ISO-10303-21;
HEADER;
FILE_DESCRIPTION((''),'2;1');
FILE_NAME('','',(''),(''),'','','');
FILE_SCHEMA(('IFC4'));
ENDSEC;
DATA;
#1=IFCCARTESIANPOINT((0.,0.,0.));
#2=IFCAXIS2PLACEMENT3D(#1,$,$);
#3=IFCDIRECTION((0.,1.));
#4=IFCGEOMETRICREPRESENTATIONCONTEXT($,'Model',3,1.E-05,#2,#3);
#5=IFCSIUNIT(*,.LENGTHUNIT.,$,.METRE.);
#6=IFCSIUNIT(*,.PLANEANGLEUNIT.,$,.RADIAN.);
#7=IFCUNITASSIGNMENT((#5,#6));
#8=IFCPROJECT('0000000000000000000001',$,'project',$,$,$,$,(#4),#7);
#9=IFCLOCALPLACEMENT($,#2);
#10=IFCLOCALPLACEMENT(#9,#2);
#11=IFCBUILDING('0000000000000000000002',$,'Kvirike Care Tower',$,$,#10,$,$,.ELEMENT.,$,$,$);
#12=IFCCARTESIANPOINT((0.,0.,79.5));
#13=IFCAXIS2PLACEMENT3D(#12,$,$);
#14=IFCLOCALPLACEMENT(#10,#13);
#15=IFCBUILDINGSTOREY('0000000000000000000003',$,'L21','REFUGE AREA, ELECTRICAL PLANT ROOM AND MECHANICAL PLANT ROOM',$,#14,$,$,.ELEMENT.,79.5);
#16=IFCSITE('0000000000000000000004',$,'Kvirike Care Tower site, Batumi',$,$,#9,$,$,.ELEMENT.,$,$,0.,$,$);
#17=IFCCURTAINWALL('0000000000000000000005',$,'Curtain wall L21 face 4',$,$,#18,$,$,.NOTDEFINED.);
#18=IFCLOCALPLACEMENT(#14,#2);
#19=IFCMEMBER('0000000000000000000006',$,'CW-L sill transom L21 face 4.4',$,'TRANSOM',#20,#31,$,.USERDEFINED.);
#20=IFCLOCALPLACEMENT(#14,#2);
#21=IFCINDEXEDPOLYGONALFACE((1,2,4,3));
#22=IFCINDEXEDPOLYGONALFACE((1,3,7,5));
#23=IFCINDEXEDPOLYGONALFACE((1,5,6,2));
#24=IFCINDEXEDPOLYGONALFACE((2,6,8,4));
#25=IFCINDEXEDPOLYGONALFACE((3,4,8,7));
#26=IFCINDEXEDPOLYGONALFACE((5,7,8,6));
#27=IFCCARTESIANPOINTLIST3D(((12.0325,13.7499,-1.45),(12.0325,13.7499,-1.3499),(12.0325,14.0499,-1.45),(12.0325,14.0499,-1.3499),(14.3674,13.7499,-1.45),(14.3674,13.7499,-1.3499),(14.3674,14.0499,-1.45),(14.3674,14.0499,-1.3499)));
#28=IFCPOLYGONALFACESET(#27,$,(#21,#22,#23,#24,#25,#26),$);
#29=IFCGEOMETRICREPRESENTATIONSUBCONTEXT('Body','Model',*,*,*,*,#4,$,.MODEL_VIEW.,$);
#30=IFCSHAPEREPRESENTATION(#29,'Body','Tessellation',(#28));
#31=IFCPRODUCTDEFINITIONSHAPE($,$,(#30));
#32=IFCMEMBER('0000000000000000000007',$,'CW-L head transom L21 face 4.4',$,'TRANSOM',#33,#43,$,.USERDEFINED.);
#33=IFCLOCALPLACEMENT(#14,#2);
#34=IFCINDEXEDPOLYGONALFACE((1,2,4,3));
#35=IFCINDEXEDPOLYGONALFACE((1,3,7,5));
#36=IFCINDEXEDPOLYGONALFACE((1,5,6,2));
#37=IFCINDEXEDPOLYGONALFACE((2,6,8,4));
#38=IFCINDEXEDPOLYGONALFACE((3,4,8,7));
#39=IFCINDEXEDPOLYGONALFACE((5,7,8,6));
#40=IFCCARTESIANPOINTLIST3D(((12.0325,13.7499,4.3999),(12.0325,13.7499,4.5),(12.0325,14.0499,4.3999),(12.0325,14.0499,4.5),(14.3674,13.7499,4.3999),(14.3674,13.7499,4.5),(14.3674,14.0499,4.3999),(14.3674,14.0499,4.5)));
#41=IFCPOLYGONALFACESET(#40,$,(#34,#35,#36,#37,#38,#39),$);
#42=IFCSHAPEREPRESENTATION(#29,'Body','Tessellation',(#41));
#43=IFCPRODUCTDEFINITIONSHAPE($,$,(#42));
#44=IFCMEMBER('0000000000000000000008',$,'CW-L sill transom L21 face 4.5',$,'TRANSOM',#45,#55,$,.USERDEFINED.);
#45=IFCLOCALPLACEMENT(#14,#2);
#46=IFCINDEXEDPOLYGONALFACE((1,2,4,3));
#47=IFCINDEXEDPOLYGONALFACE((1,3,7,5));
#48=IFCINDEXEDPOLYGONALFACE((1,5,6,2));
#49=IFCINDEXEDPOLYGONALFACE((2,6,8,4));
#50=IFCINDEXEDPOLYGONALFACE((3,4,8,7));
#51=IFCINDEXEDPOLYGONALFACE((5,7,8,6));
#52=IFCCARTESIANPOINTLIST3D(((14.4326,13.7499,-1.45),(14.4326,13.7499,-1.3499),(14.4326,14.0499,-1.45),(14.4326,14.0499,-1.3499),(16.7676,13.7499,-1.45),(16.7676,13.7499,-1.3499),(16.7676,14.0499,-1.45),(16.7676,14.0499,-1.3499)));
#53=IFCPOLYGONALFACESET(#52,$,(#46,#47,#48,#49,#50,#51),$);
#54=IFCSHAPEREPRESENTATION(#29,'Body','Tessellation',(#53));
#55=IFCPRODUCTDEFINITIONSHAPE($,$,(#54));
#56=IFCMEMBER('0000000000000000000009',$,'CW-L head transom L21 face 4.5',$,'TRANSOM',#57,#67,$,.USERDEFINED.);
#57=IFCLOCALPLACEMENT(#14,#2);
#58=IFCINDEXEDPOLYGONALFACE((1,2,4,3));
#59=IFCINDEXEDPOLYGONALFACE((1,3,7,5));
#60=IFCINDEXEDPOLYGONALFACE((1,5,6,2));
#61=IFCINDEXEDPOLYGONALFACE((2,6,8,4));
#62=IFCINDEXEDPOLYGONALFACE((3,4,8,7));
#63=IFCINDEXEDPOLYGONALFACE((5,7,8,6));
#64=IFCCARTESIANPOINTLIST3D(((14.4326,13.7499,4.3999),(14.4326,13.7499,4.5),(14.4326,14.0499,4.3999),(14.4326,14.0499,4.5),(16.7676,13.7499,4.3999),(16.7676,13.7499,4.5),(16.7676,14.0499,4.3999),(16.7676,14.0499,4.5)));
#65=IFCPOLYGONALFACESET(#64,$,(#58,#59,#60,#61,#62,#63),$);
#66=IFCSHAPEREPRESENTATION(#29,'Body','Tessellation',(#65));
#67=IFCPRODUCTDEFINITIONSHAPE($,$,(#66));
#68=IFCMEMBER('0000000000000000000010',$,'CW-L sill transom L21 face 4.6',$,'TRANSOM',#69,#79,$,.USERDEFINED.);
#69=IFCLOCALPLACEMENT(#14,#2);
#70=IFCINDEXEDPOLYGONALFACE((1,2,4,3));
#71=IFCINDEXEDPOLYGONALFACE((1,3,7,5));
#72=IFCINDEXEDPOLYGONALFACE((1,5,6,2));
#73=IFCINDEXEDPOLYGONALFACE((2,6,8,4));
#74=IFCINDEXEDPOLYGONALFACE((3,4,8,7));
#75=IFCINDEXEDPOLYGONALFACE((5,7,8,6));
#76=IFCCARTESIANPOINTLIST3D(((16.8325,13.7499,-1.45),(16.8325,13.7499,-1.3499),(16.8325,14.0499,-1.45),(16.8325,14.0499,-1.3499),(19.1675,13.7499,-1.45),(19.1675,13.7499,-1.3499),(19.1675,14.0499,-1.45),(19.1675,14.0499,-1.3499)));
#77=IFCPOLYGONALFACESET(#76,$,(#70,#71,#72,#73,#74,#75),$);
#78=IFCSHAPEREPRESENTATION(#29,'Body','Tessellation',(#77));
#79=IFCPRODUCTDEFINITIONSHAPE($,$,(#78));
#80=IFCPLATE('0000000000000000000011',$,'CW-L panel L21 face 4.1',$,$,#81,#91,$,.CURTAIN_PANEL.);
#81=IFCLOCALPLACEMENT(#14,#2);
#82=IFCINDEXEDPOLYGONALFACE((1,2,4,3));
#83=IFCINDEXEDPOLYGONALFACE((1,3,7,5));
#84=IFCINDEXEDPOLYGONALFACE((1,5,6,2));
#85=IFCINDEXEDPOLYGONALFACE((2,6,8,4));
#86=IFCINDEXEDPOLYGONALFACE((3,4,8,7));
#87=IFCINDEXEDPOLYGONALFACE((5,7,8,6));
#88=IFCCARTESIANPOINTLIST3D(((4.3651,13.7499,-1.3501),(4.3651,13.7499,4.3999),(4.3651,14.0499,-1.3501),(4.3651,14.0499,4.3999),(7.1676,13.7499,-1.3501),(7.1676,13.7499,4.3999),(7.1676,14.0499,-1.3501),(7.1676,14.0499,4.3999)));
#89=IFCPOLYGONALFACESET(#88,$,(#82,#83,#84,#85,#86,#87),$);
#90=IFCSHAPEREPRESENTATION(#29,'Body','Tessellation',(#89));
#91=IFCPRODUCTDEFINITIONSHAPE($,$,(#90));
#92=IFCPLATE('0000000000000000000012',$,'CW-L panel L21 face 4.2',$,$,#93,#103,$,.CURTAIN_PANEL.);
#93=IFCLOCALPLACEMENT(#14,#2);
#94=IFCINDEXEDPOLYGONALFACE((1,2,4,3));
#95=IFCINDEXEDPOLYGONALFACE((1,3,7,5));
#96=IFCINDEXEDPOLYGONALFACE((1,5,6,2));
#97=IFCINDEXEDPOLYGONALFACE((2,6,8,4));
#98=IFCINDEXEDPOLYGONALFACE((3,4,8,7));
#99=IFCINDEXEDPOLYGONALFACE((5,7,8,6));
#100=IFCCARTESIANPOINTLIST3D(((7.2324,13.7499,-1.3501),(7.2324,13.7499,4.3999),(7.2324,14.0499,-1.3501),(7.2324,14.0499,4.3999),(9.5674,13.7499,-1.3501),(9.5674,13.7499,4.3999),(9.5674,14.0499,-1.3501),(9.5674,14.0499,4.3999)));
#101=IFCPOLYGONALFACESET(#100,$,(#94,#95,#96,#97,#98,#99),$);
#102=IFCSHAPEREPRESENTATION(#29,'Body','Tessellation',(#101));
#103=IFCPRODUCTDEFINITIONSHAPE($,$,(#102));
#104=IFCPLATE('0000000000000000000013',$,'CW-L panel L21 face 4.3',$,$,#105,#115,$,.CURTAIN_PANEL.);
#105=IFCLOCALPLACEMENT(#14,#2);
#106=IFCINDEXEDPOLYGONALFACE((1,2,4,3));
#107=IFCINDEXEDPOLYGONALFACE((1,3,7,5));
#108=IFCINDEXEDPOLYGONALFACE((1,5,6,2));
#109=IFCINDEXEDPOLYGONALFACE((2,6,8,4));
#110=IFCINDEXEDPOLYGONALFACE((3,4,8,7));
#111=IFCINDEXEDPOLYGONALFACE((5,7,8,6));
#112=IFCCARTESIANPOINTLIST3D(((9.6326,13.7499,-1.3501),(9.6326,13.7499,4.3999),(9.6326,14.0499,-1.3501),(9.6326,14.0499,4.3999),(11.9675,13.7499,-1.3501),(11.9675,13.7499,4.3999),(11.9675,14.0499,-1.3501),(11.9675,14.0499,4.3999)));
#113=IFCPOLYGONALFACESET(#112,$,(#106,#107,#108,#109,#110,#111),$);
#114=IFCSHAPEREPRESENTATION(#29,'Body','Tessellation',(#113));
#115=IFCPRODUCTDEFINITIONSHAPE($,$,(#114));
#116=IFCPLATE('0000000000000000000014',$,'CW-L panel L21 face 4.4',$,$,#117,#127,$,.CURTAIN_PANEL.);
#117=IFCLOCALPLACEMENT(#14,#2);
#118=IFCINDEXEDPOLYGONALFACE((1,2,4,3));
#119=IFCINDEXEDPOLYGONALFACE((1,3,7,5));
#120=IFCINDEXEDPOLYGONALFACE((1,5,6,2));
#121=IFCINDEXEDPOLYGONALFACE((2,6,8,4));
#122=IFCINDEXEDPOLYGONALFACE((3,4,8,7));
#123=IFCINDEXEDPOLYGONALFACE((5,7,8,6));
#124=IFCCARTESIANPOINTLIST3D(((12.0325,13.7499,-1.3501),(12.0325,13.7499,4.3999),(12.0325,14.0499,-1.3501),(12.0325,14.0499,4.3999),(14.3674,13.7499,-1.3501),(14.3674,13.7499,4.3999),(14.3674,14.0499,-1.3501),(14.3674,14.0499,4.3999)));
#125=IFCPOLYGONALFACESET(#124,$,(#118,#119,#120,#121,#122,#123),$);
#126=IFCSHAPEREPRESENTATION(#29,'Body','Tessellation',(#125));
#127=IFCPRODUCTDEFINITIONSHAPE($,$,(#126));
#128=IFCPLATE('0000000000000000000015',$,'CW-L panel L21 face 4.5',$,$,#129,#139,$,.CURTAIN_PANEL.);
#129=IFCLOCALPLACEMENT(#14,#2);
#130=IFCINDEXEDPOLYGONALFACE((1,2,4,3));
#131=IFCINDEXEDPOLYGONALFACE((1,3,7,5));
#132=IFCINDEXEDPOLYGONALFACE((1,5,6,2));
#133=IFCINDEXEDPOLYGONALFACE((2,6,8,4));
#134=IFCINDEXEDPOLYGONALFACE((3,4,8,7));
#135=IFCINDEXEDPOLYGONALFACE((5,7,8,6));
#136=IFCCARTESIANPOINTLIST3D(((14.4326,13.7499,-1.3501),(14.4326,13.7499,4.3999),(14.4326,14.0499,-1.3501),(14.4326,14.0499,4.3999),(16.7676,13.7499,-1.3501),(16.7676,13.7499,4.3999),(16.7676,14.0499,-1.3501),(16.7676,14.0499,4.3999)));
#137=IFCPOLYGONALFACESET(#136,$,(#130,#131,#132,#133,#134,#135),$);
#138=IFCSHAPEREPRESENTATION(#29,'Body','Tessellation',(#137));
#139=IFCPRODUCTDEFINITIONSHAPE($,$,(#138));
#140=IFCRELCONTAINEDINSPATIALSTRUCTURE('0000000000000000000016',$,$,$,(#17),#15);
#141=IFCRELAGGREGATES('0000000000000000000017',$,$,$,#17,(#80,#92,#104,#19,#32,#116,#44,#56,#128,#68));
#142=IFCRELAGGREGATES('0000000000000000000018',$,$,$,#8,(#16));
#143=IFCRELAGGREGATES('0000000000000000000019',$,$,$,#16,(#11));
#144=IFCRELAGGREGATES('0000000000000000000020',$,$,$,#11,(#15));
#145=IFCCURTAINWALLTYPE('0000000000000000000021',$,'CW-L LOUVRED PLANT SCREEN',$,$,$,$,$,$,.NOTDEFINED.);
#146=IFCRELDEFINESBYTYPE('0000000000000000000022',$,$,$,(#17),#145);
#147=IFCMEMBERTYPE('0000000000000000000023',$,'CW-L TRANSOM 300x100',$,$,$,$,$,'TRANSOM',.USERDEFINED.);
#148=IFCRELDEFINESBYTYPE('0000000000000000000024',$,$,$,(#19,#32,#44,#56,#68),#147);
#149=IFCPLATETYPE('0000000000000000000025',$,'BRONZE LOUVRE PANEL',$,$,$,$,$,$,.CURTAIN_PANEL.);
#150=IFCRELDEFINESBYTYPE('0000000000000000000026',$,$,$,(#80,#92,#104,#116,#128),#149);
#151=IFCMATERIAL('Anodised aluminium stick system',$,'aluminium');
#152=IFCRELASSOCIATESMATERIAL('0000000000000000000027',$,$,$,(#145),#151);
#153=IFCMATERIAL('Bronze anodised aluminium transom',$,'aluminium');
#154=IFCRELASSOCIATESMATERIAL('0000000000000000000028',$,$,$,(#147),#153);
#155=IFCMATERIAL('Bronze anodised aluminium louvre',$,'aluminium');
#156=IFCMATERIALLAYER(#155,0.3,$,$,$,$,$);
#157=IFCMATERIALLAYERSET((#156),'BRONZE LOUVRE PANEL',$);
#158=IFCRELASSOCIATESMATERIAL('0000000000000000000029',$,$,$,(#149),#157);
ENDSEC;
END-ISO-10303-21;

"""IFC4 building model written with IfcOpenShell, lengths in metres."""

from ifc_helpers import new_model, si_unit, direction, frame, origin, origin_2d, place, context, subcontext, project, spatial, rectangle, extrude, material, layer, layer_set, material_profile, profile_set, type_object, element, aggregate, save


model = new_model("IFC4")

# Units and contexts
model_context = context("Model", 3, precision=1e-05, world=origin(), true_north=direction((0.0, 1.0)))
body_context = subcontext(model_context, "Body", "Model", "MODEL_VIEW")
ifc_project = project(units=[si_unit("LENGTHUNIT", "METRE"), si_unit("PLANEANGLEUNIT", "RADIAN")], contexts=[model_context])

# Site, building, storey
site_placement = place(None, origin())
site = spatial("IfcSite", under=ifc_project, at=site_placement, Name="Kvirike Care Tower site, Batumi", CompositionType="ELEMENT", RefElevation=0.0)
building_placement = place(site_placement, origin())
building = spatial("IfcBuilding", under=site, at=building_placement, Name="Kvirike Care Tower", CompositionType="ELEMENT")
storey_placement = place(building_placement, frame((0.0, 0.0, 79.5)))
storey = spatial("IfcBuildingStorey", under=building, at=storey_placement, Name="L21", Description="REFUGE AREA, ELECTRICAL PLANT ROOM AND MECHANICAL PLANT ROOM", CompositionType="ELEMENT", Elevation=79.5)

# Curtain wall, members, plates
ifc_material_1 = material(Name="Anodised aluminium stick system", Category="aluminium")
curtain_wall_type = type_object("IfcCurtainWallType", Name="CW-L LOUVRED PLANT SCREEN", PredefinedType="NOTDEFINED", material=ifc_material_1)
curtain_wall_placement = place(storey_placement, origin())
curtain_wall = element("IfcCurtainWall", 1, at=curtain_wall_placement, inside=storey, type_object=curtain_wall_type, Name="Curtain wall L21 face 4", PredefinedType="NOTDEFINED")
ifc_material_2 = material(Name="Bronze anodised aluminium transom", Category="aluminium")
ifc_material_profile_1 = material_profile(ifc_material_2, rectangle(XDim=0.3, YDim=0.1001, at=origin_2d()), Name="CW-L TRANSOM 300x100")
ifc_profile_set_1 = profile_set([ifc_material_profile_1], Name="Bronze anodised aluminium transom")
member_type_1 = type_object("IfcMemberType", Name="CW-L TRANSOM 300x100", ElementType="TRANSOM", PredefinedType="USERDEFINED", material=ifc_profile_set_1)
member_1_placement = place(storey_placement, frame((12.0325, 13.8999, -1.3999), z_axis=(1.0, 0.0, 0.0), x_axis=(0.0, 1.0, 0.0)))
member_1 = element("IfcMember", 2, at=member_1_placement, type_object=member_type_1, Name="CW-L sill transom L21 face 4.4", ObjectType="TRANSOM", PredefinedType="USERDEFINED", context=body_context, shape_type="SweptSolid", body=[
    extrude(rectangle(XDim=0.3, YDim=0.1001, at=origin_2d()), origin(), (0.0, 0.0, 1.0), 2.335),
])
member_2_placement = place(storey_placement, frame((12.0325, 13.8999, 4.45), z_axis=(1.0, 0.0, 0.0), x_axis=(0.0, 1.0, 0.0)))
member_2 = element("IfcMember", 3, at=member_2_placement, type_object=member_type_1, Name="CW-L head transom L21 face 4.4", ObjectType="TRANSOM", PredefinedType="USERDEFINED", context=body_context, shape_type="SweptSolid", body=[
    extrude(rectangle(XDim=0.3, YDim=0.1001, at=origin_2d()), origin(), (0.0, 0.0, 1.0), 2.335),
])
member_3_placement = place(storey_placement, frame((14.4326, 13.8999, -1.3999), z_axis=(1.0, 0.0, 0.0), x_axis=(0.0, 1.0, 0.0)))
member_3 = element("IfcMember", 4, at=member_3_placement, type_object=member_type_1, Name="CW-L sill transom L21 face 4.5", ObjectType="TRANSOM", PredefinedType="USERDEFINED", context=body_context, shape_type="SweptSolid", body=[
    extrude(rectangle(XDim=0.3, YDim=0.1001, at=origin_2d()), origin(), (0.0, 0.0, 1.0), 2.335),
])
member_4_placement = place(storey_placement, frame((14.4326, 13.8999, 4.45), z_axis=(1.0, 0.0, 0.0), x_axis=(0.0, 1.0, 0.0)))
member_4 = element("IfcMember", 5, at=member_4_placement, type_object=member_type_1, Name="CW-L head transom L21 face 4.5", ObjectType="TRANSOM", PredefinedType="USERDEFINED", context=body_context, shape_type="SweptSolid", body=[
    extrude(rectangle(XDim=0.3, YDim=0.1001, at=origin_2d()), origin(), (0.0, 0.0, 1.0), 2.335),
])
member_5_placement = place(storey_placement, frame((16.8325, 13.8999, -1.3999), z_axis=(1.0, 0.0, 0.0), x_axis=(0.0, 1.0, 0.0)))
member_5 = element("IfcMember", 6, at=member_5_placement, type_object=member_type_1, Name="CW-L sill transom L21 face 4.6", ObjectType="TRANSOM", PredefinedType="USERDEFINED", context=body_context, shape_type="SweptSolid", body=[
    extrude(rectangle(XDim=0.3, YDim=0.1001, at=origin_2d()), origin(), (0.0, 0.0, 1.0), 2.335),
])
ifc_material_3 = material(Name="Bronze anodised aluminium louvre", Category="aluminium")
ifc_layer_1 = layer(ifc_material_3, 0.3)
ifc_layer_set_1 = layer_set([ifc_layer_1], Name="BRONZE LOUVRE PANEL")
plate_type = type_object("IfcPlateType", Name="BRONZE LOUVRE PANEL", PredefinedType="CURTAIN_PANEL", material=ifc_layer_set_1)
plate_1_placement = place(storey_placement, frame((5.7664, 13.8999, -1.3501), z_axis=(0.0, 0.0, 1.0), x_axis=(1.0, 0.0, 0.0)))
plate_1 = element("IfcPlate", 7, at=plate_1_placement, type_object=plate_type, Name="CW-L panel L21 face 4.1", PredefinedType="CURTAIN_PANEL", context=body_context, shape_type="SweptSolid", body=[
    extrude(rectangle(XDim=2.8025, YDim=0.3, at=origin_2d()), origin(), (0.0, 0.0, 1.0), 5.75),
])
plate_2_placement = place(storey_placement, frame((8.3999, 13.8999, -1.3501), z_axis=(0.0, 0.0, 1.0), x_axis=(1.0, 0.0, 0.0)))
plate_2 = element("IfcPlate", 8, at=plate_2_placement, type_object=plate_type, Name="CW-L panel L21 face 4.2", PredefinedType="CURTAIN_PANEL", context=body_context, shape_type="SweptSolid", body=[
    extrude(rectangle(XDim=2.335, YDim=0.3, at=origin_2d()), origin(), (0.0, 0.0, 1.0), 5.75),
])
plate_3_placement = place(storey_placement, frame((10.8, 13.8999, -1.3501), z_axis=(0.0, 0.0, 1.0), x_axis=(1.0, 0.0, 0.0)))
plate_3 = element("IfcPlate", 9, at=plate_3_placement, type_object=plate_type, Name="CW-L panel L21 face 4.3", PredefinedType="CURTAIN_PANEL", context=body_context, shape_type="SweptSolid", body=[
    extrude(rectangle(XDim=2.335, YDim=0.3, at=origin_2d()), origin(), (0.0, 0.0, 1.0), 5.75),
])
plate_4_placement = place(storey_placement, frame((13.2, 13.8999, -1.3501), z_axis=(0.0, 0.0, 1.0), x_axis=(1.0, 0.0, 0.0)))
plate_4 = element("IfcPlate", 10, at=plate_4_placement, type_object=plate_type, Name="CW-L panel L21 face 4.4", PredefinedType="CURTAIN_PANEL", context=body_context, shape_type="SweptSolid", body=[
    extrude(rectangle(XDim=2.335, YDim=0.3, at=origin_2d()), origin(), (0.0, 0.0, 1.0), 5.75),
])
plate_5_placement = place(storey_placement, frame((15.6001, 13.8999, -1.3501), z_axis=(0.0, 0.0, 1.0), x_axis=(1.0, 0.0, 0.0)))
plate_5 = element("IfcPlate", 11, at=plate_5_placement, type_object=plate_type, Name="CW-L panel L21 face 4.5", PredefinedType="CURTAIN_PANEL", context=body_context, shape_type="SweptSolid", body=[
    extrude(rectangle(XDim=2.335, YDim=0.3, at=origin_2d()), origin(), (0.0, 0.0, 1.0), 5.75),
])
aggregate(curtain_wall, [plate_1, plate_2, plate_3, member_1, member_2, plate_4, member_3, member_4, plate_5, member_5])

save(model, "model.ifc")
